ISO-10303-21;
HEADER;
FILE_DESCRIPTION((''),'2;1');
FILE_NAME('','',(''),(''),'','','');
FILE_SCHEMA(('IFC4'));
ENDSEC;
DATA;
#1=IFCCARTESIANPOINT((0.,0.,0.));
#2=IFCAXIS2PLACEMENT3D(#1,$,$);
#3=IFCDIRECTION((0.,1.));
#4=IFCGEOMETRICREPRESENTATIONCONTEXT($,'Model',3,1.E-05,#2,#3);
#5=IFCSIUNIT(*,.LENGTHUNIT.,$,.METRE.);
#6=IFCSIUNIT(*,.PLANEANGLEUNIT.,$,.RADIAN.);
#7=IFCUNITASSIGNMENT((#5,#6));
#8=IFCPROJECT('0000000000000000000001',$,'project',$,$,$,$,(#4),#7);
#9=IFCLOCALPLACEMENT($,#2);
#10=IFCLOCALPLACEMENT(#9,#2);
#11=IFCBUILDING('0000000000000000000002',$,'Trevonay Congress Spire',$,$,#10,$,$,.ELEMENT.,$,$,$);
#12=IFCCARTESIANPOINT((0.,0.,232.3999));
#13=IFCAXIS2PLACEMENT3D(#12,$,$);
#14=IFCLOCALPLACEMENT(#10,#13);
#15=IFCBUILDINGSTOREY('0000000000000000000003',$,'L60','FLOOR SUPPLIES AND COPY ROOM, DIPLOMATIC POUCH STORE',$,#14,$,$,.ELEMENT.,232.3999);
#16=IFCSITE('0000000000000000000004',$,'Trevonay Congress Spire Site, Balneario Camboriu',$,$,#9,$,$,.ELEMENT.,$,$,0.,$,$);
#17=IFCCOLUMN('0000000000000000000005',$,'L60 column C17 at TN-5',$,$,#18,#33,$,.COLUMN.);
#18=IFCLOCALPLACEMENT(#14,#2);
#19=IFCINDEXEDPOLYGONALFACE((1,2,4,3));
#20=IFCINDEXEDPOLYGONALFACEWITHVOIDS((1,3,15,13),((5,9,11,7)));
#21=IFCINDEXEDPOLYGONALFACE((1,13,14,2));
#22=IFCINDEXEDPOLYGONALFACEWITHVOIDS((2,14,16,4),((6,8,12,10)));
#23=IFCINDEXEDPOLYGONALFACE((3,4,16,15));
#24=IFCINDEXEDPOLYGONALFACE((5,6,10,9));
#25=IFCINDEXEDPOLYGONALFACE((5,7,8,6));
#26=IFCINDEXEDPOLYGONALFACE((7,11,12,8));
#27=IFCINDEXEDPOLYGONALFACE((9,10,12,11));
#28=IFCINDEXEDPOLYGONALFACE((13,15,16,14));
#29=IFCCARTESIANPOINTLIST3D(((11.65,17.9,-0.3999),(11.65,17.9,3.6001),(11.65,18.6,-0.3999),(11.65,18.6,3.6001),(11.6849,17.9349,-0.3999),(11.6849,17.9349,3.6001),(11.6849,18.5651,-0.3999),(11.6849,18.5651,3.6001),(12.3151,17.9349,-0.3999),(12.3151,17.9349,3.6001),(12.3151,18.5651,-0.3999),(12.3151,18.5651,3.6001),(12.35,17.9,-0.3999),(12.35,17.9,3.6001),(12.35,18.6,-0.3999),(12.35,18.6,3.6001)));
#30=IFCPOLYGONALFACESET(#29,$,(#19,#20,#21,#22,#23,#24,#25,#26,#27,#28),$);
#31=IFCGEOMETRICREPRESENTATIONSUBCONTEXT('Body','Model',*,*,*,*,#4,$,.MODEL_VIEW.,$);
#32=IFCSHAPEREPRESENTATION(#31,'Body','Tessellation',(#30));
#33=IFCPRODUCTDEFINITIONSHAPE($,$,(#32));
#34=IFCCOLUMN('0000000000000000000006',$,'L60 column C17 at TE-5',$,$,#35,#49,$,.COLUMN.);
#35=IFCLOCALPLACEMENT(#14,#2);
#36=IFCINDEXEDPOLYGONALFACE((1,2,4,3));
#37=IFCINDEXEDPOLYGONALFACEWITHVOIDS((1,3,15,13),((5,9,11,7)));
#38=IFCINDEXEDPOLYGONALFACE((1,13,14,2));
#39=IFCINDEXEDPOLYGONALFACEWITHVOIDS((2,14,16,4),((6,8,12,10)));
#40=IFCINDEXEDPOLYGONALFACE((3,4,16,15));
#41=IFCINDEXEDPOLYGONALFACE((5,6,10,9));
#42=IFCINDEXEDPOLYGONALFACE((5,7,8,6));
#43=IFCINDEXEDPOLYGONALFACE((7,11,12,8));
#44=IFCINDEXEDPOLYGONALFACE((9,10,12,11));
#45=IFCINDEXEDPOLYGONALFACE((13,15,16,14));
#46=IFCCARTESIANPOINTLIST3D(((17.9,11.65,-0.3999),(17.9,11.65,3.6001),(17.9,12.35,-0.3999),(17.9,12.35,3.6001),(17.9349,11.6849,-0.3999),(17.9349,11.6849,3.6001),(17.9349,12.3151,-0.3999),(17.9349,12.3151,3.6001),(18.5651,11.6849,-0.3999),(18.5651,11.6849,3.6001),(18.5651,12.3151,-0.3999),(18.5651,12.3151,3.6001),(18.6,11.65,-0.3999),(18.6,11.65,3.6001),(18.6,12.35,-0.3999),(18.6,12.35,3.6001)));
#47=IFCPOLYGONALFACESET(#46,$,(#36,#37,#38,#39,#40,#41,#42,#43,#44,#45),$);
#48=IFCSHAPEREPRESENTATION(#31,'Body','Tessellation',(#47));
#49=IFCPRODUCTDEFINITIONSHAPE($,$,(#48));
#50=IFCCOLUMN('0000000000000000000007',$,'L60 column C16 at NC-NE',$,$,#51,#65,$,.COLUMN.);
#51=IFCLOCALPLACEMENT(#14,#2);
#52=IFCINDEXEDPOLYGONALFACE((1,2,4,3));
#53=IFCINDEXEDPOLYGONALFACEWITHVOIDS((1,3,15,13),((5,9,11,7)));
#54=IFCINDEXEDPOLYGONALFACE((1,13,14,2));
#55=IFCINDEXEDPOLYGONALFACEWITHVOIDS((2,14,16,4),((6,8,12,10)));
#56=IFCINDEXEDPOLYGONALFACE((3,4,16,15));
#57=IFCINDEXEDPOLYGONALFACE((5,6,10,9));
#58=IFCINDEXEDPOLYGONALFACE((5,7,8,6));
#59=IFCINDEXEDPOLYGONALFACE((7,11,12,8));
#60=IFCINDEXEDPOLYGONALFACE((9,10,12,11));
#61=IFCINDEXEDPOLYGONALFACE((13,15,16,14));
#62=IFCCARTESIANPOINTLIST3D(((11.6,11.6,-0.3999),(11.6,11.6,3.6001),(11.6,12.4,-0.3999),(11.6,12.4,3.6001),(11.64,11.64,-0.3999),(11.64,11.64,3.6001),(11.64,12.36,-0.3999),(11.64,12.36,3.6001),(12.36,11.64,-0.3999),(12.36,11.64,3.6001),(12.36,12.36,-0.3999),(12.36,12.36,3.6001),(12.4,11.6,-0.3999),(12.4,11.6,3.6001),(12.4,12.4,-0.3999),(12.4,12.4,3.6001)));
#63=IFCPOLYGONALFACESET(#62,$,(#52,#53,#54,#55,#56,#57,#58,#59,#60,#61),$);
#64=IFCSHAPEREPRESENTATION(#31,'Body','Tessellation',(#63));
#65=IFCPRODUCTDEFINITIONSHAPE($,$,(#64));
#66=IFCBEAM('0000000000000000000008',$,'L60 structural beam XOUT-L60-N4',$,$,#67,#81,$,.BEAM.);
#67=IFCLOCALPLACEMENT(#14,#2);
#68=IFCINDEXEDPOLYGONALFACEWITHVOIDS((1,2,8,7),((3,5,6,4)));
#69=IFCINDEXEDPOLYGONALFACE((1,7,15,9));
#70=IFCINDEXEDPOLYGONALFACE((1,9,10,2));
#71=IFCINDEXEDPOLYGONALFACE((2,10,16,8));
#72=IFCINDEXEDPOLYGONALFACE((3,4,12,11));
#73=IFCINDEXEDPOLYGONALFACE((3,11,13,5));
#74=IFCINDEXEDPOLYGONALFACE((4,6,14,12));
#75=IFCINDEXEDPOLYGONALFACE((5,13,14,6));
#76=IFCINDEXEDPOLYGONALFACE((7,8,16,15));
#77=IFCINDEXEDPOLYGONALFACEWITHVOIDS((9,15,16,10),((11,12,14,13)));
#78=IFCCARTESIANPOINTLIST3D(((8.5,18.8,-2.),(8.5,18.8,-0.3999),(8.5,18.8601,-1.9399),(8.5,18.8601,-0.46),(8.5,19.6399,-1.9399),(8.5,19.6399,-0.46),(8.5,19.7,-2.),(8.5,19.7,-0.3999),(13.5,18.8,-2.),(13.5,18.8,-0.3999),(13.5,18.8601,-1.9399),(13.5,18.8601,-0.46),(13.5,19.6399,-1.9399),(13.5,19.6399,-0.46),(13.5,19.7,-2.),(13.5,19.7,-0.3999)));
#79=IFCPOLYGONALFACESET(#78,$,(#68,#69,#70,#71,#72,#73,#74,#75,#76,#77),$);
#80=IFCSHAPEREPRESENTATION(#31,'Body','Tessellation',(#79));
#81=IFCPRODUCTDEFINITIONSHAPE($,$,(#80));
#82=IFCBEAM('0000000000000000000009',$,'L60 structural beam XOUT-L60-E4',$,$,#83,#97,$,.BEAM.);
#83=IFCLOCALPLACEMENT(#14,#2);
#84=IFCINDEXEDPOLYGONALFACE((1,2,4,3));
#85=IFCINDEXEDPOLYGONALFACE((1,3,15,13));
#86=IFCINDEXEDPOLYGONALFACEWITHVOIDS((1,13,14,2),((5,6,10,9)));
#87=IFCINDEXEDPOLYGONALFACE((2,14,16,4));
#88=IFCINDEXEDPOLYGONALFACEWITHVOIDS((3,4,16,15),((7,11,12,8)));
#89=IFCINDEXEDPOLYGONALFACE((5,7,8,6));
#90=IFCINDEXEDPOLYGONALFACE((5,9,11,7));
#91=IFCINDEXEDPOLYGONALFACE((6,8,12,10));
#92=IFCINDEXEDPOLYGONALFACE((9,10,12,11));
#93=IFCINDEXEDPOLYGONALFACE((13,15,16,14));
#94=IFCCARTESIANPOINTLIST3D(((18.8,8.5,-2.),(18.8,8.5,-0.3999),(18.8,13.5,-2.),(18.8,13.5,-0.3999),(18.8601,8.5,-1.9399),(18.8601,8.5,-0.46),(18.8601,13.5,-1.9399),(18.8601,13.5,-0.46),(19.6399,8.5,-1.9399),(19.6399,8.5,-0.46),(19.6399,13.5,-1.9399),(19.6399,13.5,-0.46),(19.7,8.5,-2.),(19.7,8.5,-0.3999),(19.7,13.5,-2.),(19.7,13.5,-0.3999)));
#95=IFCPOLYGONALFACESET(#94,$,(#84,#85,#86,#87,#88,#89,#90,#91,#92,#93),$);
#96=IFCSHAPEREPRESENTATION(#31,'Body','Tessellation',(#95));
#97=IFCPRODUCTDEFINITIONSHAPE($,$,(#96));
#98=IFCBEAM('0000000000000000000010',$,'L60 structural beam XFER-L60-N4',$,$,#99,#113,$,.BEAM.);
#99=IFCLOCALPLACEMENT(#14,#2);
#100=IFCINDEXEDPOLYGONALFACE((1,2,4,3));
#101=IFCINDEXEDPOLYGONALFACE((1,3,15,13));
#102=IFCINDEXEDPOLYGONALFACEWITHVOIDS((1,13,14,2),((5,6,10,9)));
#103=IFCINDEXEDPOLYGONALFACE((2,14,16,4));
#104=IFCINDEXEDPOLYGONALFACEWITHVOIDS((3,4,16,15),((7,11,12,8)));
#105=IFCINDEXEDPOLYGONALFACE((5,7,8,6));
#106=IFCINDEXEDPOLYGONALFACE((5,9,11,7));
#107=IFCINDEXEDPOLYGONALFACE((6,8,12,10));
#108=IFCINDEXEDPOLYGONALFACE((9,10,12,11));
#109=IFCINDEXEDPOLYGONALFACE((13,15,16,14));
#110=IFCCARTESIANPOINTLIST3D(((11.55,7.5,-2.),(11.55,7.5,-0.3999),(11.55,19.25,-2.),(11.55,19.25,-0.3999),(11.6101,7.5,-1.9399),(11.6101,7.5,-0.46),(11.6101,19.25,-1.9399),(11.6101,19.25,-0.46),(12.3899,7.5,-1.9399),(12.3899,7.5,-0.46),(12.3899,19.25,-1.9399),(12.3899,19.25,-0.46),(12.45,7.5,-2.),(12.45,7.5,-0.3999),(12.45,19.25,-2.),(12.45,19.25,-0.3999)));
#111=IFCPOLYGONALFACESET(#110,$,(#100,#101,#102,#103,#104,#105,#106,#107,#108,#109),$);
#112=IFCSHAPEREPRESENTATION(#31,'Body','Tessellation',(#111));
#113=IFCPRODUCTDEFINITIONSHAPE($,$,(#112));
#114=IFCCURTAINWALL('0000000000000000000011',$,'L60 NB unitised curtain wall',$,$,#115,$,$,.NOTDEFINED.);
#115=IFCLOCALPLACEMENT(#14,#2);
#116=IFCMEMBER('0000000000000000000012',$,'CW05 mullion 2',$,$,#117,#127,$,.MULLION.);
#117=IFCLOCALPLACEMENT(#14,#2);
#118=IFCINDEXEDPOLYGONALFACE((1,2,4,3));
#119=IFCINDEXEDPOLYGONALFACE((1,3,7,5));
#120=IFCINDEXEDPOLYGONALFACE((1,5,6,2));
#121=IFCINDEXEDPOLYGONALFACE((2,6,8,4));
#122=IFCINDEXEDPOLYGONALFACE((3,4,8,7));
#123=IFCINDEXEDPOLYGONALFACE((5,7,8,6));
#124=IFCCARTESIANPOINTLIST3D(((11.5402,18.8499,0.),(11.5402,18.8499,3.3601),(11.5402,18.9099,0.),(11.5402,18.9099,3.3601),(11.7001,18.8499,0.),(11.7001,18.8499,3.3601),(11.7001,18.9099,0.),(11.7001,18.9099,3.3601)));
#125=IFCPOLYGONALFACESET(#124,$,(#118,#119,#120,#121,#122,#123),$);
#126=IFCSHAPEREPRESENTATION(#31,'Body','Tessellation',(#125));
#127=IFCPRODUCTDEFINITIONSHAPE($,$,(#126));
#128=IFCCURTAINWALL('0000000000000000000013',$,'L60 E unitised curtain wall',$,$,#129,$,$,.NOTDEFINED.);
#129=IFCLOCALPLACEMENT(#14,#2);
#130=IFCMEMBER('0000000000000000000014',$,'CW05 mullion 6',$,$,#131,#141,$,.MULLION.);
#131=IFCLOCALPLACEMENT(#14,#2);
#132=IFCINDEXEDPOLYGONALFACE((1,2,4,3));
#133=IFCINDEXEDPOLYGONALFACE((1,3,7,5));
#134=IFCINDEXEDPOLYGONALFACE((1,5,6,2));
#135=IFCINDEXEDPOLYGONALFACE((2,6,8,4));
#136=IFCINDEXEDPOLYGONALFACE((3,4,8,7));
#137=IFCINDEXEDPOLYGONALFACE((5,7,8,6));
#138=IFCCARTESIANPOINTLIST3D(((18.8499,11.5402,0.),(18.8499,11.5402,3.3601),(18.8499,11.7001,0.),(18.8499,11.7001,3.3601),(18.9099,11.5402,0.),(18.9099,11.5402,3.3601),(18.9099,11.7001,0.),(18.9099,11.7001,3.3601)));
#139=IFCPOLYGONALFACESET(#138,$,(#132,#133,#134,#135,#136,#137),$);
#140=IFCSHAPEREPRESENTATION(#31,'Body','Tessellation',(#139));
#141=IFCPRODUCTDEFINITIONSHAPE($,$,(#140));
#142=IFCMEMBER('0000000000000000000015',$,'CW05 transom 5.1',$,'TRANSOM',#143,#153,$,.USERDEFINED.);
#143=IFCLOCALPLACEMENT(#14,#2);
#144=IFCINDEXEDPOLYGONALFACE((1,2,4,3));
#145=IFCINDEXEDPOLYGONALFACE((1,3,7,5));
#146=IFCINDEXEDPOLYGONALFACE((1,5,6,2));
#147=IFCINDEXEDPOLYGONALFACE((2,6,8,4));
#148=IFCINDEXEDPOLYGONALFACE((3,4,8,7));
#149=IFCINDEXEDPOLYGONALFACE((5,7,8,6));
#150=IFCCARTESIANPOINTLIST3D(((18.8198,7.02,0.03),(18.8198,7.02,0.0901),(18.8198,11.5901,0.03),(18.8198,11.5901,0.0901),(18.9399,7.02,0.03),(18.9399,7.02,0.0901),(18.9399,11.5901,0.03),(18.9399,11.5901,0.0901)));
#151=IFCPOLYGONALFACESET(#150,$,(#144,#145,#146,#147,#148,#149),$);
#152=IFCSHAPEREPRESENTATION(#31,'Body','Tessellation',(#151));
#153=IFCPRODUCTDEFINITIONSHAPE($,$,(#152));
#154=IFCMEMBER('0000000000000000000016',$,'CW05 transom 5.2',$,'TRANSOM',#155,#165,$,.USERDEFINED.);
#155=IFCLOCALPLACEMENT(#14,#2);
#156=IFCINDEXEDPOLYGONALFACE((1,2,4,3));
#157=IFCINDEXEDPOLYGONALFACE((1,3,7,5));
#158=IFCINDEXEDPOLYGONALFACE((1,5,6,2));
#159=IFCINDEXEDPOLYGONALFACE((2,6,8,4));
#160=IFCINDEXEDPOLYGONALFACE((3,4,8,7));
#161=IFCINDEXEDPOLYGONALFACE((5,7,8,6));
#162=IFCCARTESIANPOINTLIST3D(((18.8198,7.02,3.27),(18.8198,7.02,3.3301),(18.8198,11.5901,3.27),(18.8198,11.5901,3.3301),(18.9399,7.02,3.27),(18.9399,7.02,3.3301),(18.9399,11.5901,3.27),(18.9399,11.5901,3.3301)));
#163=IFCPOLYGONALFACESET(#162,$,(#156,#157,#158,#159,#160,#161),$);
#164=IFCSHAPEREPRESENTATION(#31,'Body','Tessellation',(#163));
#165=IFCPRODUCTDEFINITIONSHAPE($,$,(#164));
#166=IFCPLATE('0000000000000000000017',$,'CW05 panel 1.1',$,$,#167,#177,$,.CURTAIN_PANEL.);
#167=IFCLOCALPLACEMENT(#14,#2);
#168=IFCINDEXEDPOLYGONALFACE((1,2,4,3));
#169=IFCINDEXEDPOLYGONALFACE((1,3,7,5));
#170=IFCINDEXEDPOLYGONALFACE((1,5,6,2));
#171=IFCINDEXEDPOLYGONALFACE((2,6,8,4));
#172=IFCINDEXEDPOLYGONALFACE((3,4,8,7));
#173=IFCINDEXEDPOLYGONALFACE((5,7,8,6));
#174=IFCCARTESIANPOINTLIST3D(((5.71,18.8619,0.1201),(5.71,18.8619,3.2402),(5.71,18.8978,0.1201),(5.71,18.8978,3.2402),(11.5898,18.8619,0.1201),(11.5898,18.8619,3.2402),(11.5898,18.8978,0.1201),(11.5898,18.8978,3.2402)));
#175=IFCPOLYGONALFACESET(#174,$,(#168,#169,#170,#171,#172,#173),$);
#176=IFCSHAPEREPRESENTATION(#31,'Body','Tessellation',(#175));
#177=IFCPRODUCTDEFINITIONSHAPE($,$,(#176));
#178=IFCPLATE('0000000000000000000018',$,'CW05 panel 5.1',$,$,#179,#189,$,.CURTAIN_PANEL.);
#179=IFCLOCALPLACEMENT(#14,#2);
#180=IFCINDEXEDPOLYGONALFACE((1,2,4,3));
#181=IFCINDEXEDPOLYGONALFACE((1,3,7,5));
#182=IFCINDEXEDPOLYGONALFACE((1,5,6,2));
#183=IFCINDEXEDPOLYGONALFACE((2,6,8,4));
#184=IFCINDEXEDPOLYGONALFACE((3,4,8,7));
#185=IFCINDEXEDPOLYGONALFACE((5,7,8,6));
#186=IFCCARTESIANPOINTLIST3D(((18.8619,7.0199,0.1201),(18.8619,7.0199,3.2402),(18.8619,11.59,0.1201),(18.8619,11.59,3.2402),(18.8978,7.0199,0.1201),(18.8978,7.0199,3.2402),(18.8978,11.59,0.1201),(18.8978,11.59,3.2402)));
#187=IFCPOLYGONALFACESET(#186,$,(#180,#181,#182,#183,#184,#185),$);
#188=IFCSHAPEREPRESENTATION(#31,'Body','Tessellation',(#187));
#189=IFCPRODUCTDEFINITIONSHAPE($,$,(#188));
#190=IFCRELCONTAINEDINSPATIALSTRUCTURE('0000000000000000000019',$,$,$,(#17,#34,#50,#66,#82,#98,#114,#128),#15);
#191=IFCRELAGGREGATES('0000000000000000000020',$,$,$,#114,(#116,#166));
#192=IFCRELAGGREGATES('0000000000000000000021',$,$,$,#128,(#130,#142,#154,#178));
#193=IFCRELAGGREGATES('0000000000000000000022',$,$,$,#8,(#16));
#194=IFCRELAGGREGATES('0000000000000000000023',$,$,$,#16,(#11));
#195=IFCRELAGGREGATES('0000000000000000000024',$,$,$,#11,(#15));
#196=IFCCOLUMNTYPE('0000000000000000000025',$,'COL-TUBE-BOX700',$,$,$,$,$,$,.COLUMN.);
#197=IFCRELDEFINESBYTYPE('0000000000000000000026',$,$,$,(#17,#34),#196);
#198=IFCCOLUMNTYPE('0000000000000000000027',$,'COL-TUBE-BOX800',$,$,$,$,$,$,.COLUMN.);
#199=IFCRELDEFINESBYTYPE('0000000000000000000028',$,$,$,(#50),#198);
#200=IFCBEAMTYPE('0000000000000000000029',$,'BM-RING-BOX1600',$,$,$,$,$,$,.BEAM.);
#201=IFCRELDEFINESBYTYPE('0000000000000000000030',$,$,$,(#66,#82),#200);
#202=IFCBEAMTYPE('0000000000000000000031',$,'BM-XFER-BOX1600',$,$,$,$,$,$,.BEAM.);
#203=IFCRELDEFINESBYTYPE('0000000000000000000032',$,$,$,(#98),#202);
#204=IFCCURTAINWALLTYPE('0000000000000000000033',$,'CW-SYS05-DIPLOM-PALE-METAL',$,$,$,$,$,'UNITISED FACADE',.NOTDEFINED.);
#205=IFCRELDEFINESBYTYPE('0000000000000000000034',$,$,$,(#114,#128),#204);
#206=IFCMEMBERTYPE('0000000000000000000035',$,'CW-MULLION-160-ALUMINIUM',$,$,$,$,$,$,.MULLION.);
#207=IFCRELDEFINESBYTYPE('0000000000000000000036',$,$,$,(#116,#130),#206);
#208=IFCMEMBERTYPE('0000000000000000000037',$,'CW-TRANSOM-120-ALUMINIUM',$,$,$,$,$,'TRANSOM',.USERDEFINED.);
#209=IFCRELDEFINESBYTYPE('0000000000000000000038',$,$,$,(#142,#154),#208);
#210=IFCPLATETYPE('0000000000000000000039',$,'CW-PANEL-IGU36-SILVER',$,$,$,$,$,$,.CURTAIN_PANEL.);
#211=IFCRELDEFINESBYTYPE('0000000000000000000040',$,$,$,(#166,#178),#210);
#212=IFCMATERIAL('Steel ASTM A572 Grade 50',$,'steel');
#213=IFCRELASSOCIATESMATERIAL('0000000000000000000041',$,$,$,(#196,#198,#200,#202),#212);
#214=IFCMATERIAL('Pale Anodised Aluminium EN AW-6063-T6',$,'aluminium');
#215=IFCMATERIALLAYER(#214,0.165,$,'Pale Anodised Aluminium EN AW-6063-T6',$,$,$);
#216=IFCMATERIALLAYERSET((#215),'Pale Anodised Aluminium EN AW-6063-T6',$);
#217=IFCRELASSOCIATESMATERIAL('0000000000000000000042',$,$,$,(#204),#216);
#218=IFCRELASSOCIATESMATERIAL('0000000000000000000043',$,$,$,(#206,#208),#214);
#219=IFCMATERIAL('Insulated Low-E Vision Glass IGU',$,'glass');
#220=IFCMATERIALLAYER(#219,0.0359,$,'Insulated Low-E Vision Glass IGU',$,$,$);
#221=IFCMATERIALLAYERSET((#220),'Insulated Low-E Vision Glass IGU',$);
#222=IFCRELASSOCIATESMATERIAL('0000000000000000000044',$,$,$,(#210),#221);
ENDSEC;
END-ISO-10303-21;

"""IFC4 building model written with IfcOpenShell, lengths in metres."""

from ifc_helpers import new_model, si_unit, direction, frame, origin, origin_2d, place, context, subcontext, project, spatial, rectangle, hollow_rectangle, extrude, material, layer, layer_set, material_profile, profile_set, type_object, element, aggregate, save


model = new_model("IFC4")

# Units and contexts
model_context = context("Model", 3, precision=1e-05, world=origin(), true_north=direction((0.0, 1.0)))
body_context = subcontext(model_context, "Body", "Model", "MODEL_VIEW")
ifc_project = project(units=[si_unit("LENGTHUNIT", "METRE"), si_unit("PLANEANGLEUNIT", "RADIAN")], contexts=[model_context])

# Site, building, storey
site_placement = place(None, origin())
site = spatial("IfcSite", under=ifc_project, at=site_placement, Name="Trevonay Congress Spire Site, Balneario Camboriu", CompositionType="ELEMENT", RefElevation=0.0)
building_placement = place(site_placement, origin())
building = spatial("IfcBuilding", under=site, at=building_placement, Name="Trevonay Congress Spire", CompositionType="ELEMENT")
storey_placement = place(building_placement, frame((0.0, 0.0, 232.3999)))
storey = spatial("IfcBuildingStorey", under=building, at=storey_placement, Name="L60", Description="FLOOR SUPPLIES AND COPY ROOM, DIPLOMATIC POUCH STORE", CompositionType="ELEMENT", Elevation=232.3999)

# Columns
ifc_material_1 = material(Name="Steel ASTM A572 Grade 50", Category="steel")
ifc_material_profile_1 = material_profile(ifc_material_1, hollow_rectangle(XDim=0.7, YDim=0.7, WallThickness=0.0349, at=origin_2d()), Name="BOX 700x700x35")
ifc_profile_set_1 = profile_set([ifc_material_profile_1], Name="Steel ASTM A572 Grade 50")
column_type_1 = type_object("IfcColumnType", Name="COL-TUBE-BOX700", PredefinedType="COLUMN", material=ifc_profile_set_1)
for number, where, z_axis, x_axis, name in (
    (1, (12.0, 18.25, -0.3999), (0.0, 0.0, 1.0), (1.0, 0.0, 0.0), "L60 column C17 at TN-5"),
    (2, (18.25, 12.0, -0.3999), (0.0, 0.0, 1.0), (1.0, 0.0, 0.0), "L60 column C17 at TE-5"),
):
    element("IfcColumn", number, at=place(storey_placement, frame(where, z_axis=z_axis, x_axis=x_axis)), inside=storey, type_object=column_type_1, Name=name, PredefinedType="COLUMN", context=body_context, shape_type="SweptSolid", body=[
        extrude(hollow_rectangle(XDim=0.7, YDim=0.7, WallThickness=0.0349, at=origin_2d()), origin(), (0.0, 0.0, 1.0), 4.0),
    ])
ifc_material_profile_2 = material_profile(ifc_material_1, hollow_rectangle(XDim=0.8, YDim=0.8, WallThickness=0.04, at=origin_2d()), Name="BOX 800x800x40")
ifc_profile_set_2 = profile_set([ifc_material_profile_2], Name="Steel ASTM A572 Grade 50")
column_type_2 = type_object("IfcColumnType", Name="COL-TUBE-BOX800", PredefinedType="COLUMN", material=ifc_profile_set_2)
column_placement = place(storey_placement, frame((12.0, 12.0, -0.3999), z_axis=(0.0, 0.0, 1.0), x_axis=(1.0, 0.0, 0.0)))
element("IfcColumn", 3, at=column_placement, inside=storey, type_object=column_type_2, Name="L60 column C16 at NC-NE", PredefinedType="COLUMN", context=body_context, shape_type="SweptSolid", body=[
    extrude(hollow_rectangle(XDim=0.8, YDim=0.8, WallThickness=0.04, at=origin_2d()), origin(), (0.0, 0.0, 1.0), 4.0),
])

# Beams
ifc_material_profile_3 = material_profile(ifc_material_1, hollow_rectangle(XDim=0.8999, YDim=1.6001, WallThickness=0.0601, at=origin_2d()), Name="BOX 1600x900x60")
ifc_profile_set_3 = profile_set([ifc_material_profile_3], Name="Steel ASTM A572 Grade 50")
beam_type_1 = type_object("IfcBeamType", Name="BM-RING-BOX1600", PredefinedType="BEAM", material=ifc_profile_set_3)
for number, where, z_axis, x_axis, name in (
    (4, (8.5, 19.25, -1.2), (1.0, 0.0, 0.0), (0.0, 1.0, 0.0), "L60 structural beam XOUT-L60-N4"),
    (5, (19.25, 8.5, -1.2), (0.0, 1.0, 0.0), (-1.0, 0.0, 0.0), "L60 structural beam XOUT-L60-E4"),
):
    element("IfcBeam", number, at=place(storey_placement, frame(where, z_axis=z_axis, x_axis=x_axis)), inside=storey, type_object=beam_type_1, Name=name, PredefinedType="BEAM", context=body_context, shape_type="SweptSolid", body=[
        extrude(hollow_rectangle(XDim=0.8999, YDim=1.6001, WallThickness=0.0601, at=origin_2d()), origin(), (0.0, 0.0, 1.0), 5.0),
    ])
ifc_material_profile_4 = material_profile(ifc_material_1, hollow_rectangle(XDim=0.8999, YDim=1.6001, WallThickness=0.0601, at=origin_2d()), Name="BOX 1600x900x60")
ifc_profile_set_4 = profile_set([ifc_material_profile_4], Name="Steel ASTM A572 Grade 50")
beam_type_2 = type_object("IfcBeamType", Name="BM-XFER-BOX1600", PredefinedType="BEAM", material=ifc_profile_set_4)
beam_placement = place(storey_placement, frame((12.0, 7.5, -1.2), z_axis=(0.0, 1.0, 0.0), x_axis=(-1.0, 0.0, 0.0)))
element("IfcBeam", 6, at=beam_placement, inside=storey, type_object=beam_type_2, Name="L60 structural beam XFER-L60-N4", PredefinedType="BEAM", context=body_context, shape_type="SweptSolid", body=[
    extrude(hollow_rectangle(XDim=0.8999, YDim=1.6001, WallThickness=0.0601, at=origin_2d()), origin(), (0.0, 0.0, 1.0), 11.75),
])

# Curtain wall, member
ifc_material_2 = material(Name="Pale Anodised Aluminium EN AW-6063-T6", Category="aluminium")
ifc_layer_1 = layer(ifc_material_2, 0.165, Name="Pale Anodised Aluminium EN AW-6063-T6")
ifc_layer_set_1 = layer_set([ifc_layer_1], Name="Pale Anodised Aluminium EN AW-6063-T6")
curtain_wall_type = type_object("IfcCurtainWallType", Name="CW-SYS05-DIPLOM-PALE-METAL", ElementType="UNITISED FACADE", PredefinedType="NOTDEFINED", material=ifc_layer_set_1)
curtain_wall_1_placement = place(storey_placement, origin())
curtain_wall_1 = element("IfcCurtainWall", 7, at=curtain_wall_1_placement, inside=storey, type_object=curtain_wall_type, Name="L60 NB unitised curtain wall", PredefinedType="NOTDEFINED")
ifc_material_profile_5 = material_profile(ifc_material_2, rectangle(XDim=0.0601, YDim=0.1599, at=origin_2d()), Name="CW-MULLION-160-ALUMINIUM")
ifc_profile_set_5 = profile_set([ifc_material_profile_5], Name="Pale Anodised Aluminium EN AW-6063-T6")
member_type_1 = type_object("IfcMemberType", Name="CW-MULLION-160-ALUMINIUM", PredefinedType="MULLION", material=ifc_profile_set_5)
member_1_placement = place(storey_placement, frame((11.6201, 18.8799, 0.0), z_axis=(0.0, 0.0, 1.0), x_axis=(0.0, 1.0, 0.0)))
member_1 = element("IfcMember", 8, at=member_1_placement, type_object=member_type_1, Name="CW05 mullion 2", PredefinedType="MULLION", context=body_context, shape_type="SweptSolid", body=[
    extrude(rectangle(XDim=0.0601, YDim=0.1599, at=origin_2d()), origin(), (0.0, 0.0, 1.0), 3.3601),
])

# Curtain wall, members
curtain_wall_2_placement = place(storey_placement, origin())
curtain_wall_2 = element("IfcCurtainWall", 9, at=curtain_wall_2_placement, inside=storey, type_object=curtain_wall_type, Name="L60 E unitised curtain wall", PredefinedType="NOTDEFINED")
member_2_placement = place(storey_placement, frame((18.8799, 11.6201, 0.0), z_axis=(0.0, 0.0, 1.0), x_axis=(-1.0, 0.0, 0.0)))
member_2 = element("IfcMember", 10, at=member_2_placement, type_object=member_type_1, Name="CW05 mullion 6", PredefinedType="MULLION", context=body_context, shape_type="SweptSolid", body=[
    extrude(rectangle(XDim=0.0601, YDim=0.1599, at=origin_2d()), origin(), (0.0, 0.0, 1.0), 3.3601),
])
ifc_material_profile_6 = material_profile(ifc_material_2, rectangle(XDim=0.1201, YDim=0.0601, at=origin_2d()), Name="CW-TRANSOM-120-ALUMINIUM")
ifc_profile_set_6 = profile_set([ifc_material_profile_6], Name="Pale Anodised Aluminium EN AW-6063-T6")
member_type_2 = type_object("IfcMemberType", Name="CW-TRANSOM-120-ALUMINIUM", ElementType="TRANSOM", PredefinedType="USERDEFINED", material=ifc_profile_set_6)
member_3_placement = place(storey_placement, frame((18.8799, 7.02, 0.0601), z_axis=(0.0, 1.0, 0.0), x_axis=(-1.0, 0.0, 0.0)))
member_3 = element("IfcMember", 11, at=member_3_placement, type_object=member_type_2, Name="CW05 transom 5.1", ObjectType="TRANSOM", PredefinedType="USERDEFINED", context=body_context, shape_type="SweptSolid", body=[
    extrude(rectangle(XDim=0.1201, YDim=0.0601, at=origin_2d()), origin(), (0.0, 0.0, 1.0), 4.5701),
])
member_4_placement = place(storey_placement, frame((18.8799, 7.02, 3.3), z_axis=(0.0, 1.0, 0.0), x_axis=(-1.0, 0.0, 0.0)))
member_4 = element("IfcMember", 12, at=member_4_placement, type_object=member_type_2, Name="CW05 transom 5.2", ObjectType="TRANSOM", PredefinedType="USERDEFINED", context=body_context, shape_type="SweptSolid", body=[
    extrude(rectangle(XDim=0.1201, YDim=0.0601, at=origin_2d()), origin(), (0.0, 0.0, 1.0), 4.5701),
])

# Plates
ifc_material_3 = material(Name="Insulated Low-E Vision Glass IGU", Category="glass")
ifc_layer_2 = layer(ifc_material_3, 0.0359, Name="Insulated Low-E Vision Glass IGU")
ifc_layer_set_2 = layer_set([ifc_layer_2], Name="Insulated Low-E Vision Glass IGU")
plate_type_1 = type_object("IfcPlateType", Name="CW-PANEL-IGU36-SILVER", PredefinedType="CURTAIN_PANEL", material=ifc_layer_set_2)
plate_1_placement = place(storey_placement, frame((8.6499, 18.8799, 0.1201), z_axis=(0.0, 0.0, 1.0), x_axis=(1.0, 0.0, 0.0)))
plate_1 = element("IfcPlate", 13, at=plate_1_placement, type_object=plate_type_1, Name="CW05 panel 1.1", PredefinedType="CURTAIN_PANEL", context=body_context, shape_type="SweptSolid", body=[
    extrude(rectangle(XDim=5.8799, YDim=0.0359, at=origin_2d()), origin(), (0.0, 0.0, 1.0), 3.1201),
])
aggregate(curtain_wall_1, [member_1, plate_1])
plate_2_placement = place(storey_placement, frame((18.8799, 9.3049, 0.1201), z_axis=(0.0, 0.0, 1.0), x_axis=(0.0, 1.0, 0.0)))
plate_2 = element("IfcPlate", 14, at=plate_2_placement, type_object=plate_type_1, Name="CW05 panel 5.1", PredefinedType="CURTAIN_PANEL", context=body_context, shape_type="SweptSolid", body=[
    extrude(rectangle(XDim=4.5701, YDim=0.0359, at=origin_2d()), origin(), (0.0, 0.0, 1.0), 3.1201),
])
aggregate(curtain_wall_2, [member_2, member_3, member_4, plate_2])

save(model, "model.ifc")
